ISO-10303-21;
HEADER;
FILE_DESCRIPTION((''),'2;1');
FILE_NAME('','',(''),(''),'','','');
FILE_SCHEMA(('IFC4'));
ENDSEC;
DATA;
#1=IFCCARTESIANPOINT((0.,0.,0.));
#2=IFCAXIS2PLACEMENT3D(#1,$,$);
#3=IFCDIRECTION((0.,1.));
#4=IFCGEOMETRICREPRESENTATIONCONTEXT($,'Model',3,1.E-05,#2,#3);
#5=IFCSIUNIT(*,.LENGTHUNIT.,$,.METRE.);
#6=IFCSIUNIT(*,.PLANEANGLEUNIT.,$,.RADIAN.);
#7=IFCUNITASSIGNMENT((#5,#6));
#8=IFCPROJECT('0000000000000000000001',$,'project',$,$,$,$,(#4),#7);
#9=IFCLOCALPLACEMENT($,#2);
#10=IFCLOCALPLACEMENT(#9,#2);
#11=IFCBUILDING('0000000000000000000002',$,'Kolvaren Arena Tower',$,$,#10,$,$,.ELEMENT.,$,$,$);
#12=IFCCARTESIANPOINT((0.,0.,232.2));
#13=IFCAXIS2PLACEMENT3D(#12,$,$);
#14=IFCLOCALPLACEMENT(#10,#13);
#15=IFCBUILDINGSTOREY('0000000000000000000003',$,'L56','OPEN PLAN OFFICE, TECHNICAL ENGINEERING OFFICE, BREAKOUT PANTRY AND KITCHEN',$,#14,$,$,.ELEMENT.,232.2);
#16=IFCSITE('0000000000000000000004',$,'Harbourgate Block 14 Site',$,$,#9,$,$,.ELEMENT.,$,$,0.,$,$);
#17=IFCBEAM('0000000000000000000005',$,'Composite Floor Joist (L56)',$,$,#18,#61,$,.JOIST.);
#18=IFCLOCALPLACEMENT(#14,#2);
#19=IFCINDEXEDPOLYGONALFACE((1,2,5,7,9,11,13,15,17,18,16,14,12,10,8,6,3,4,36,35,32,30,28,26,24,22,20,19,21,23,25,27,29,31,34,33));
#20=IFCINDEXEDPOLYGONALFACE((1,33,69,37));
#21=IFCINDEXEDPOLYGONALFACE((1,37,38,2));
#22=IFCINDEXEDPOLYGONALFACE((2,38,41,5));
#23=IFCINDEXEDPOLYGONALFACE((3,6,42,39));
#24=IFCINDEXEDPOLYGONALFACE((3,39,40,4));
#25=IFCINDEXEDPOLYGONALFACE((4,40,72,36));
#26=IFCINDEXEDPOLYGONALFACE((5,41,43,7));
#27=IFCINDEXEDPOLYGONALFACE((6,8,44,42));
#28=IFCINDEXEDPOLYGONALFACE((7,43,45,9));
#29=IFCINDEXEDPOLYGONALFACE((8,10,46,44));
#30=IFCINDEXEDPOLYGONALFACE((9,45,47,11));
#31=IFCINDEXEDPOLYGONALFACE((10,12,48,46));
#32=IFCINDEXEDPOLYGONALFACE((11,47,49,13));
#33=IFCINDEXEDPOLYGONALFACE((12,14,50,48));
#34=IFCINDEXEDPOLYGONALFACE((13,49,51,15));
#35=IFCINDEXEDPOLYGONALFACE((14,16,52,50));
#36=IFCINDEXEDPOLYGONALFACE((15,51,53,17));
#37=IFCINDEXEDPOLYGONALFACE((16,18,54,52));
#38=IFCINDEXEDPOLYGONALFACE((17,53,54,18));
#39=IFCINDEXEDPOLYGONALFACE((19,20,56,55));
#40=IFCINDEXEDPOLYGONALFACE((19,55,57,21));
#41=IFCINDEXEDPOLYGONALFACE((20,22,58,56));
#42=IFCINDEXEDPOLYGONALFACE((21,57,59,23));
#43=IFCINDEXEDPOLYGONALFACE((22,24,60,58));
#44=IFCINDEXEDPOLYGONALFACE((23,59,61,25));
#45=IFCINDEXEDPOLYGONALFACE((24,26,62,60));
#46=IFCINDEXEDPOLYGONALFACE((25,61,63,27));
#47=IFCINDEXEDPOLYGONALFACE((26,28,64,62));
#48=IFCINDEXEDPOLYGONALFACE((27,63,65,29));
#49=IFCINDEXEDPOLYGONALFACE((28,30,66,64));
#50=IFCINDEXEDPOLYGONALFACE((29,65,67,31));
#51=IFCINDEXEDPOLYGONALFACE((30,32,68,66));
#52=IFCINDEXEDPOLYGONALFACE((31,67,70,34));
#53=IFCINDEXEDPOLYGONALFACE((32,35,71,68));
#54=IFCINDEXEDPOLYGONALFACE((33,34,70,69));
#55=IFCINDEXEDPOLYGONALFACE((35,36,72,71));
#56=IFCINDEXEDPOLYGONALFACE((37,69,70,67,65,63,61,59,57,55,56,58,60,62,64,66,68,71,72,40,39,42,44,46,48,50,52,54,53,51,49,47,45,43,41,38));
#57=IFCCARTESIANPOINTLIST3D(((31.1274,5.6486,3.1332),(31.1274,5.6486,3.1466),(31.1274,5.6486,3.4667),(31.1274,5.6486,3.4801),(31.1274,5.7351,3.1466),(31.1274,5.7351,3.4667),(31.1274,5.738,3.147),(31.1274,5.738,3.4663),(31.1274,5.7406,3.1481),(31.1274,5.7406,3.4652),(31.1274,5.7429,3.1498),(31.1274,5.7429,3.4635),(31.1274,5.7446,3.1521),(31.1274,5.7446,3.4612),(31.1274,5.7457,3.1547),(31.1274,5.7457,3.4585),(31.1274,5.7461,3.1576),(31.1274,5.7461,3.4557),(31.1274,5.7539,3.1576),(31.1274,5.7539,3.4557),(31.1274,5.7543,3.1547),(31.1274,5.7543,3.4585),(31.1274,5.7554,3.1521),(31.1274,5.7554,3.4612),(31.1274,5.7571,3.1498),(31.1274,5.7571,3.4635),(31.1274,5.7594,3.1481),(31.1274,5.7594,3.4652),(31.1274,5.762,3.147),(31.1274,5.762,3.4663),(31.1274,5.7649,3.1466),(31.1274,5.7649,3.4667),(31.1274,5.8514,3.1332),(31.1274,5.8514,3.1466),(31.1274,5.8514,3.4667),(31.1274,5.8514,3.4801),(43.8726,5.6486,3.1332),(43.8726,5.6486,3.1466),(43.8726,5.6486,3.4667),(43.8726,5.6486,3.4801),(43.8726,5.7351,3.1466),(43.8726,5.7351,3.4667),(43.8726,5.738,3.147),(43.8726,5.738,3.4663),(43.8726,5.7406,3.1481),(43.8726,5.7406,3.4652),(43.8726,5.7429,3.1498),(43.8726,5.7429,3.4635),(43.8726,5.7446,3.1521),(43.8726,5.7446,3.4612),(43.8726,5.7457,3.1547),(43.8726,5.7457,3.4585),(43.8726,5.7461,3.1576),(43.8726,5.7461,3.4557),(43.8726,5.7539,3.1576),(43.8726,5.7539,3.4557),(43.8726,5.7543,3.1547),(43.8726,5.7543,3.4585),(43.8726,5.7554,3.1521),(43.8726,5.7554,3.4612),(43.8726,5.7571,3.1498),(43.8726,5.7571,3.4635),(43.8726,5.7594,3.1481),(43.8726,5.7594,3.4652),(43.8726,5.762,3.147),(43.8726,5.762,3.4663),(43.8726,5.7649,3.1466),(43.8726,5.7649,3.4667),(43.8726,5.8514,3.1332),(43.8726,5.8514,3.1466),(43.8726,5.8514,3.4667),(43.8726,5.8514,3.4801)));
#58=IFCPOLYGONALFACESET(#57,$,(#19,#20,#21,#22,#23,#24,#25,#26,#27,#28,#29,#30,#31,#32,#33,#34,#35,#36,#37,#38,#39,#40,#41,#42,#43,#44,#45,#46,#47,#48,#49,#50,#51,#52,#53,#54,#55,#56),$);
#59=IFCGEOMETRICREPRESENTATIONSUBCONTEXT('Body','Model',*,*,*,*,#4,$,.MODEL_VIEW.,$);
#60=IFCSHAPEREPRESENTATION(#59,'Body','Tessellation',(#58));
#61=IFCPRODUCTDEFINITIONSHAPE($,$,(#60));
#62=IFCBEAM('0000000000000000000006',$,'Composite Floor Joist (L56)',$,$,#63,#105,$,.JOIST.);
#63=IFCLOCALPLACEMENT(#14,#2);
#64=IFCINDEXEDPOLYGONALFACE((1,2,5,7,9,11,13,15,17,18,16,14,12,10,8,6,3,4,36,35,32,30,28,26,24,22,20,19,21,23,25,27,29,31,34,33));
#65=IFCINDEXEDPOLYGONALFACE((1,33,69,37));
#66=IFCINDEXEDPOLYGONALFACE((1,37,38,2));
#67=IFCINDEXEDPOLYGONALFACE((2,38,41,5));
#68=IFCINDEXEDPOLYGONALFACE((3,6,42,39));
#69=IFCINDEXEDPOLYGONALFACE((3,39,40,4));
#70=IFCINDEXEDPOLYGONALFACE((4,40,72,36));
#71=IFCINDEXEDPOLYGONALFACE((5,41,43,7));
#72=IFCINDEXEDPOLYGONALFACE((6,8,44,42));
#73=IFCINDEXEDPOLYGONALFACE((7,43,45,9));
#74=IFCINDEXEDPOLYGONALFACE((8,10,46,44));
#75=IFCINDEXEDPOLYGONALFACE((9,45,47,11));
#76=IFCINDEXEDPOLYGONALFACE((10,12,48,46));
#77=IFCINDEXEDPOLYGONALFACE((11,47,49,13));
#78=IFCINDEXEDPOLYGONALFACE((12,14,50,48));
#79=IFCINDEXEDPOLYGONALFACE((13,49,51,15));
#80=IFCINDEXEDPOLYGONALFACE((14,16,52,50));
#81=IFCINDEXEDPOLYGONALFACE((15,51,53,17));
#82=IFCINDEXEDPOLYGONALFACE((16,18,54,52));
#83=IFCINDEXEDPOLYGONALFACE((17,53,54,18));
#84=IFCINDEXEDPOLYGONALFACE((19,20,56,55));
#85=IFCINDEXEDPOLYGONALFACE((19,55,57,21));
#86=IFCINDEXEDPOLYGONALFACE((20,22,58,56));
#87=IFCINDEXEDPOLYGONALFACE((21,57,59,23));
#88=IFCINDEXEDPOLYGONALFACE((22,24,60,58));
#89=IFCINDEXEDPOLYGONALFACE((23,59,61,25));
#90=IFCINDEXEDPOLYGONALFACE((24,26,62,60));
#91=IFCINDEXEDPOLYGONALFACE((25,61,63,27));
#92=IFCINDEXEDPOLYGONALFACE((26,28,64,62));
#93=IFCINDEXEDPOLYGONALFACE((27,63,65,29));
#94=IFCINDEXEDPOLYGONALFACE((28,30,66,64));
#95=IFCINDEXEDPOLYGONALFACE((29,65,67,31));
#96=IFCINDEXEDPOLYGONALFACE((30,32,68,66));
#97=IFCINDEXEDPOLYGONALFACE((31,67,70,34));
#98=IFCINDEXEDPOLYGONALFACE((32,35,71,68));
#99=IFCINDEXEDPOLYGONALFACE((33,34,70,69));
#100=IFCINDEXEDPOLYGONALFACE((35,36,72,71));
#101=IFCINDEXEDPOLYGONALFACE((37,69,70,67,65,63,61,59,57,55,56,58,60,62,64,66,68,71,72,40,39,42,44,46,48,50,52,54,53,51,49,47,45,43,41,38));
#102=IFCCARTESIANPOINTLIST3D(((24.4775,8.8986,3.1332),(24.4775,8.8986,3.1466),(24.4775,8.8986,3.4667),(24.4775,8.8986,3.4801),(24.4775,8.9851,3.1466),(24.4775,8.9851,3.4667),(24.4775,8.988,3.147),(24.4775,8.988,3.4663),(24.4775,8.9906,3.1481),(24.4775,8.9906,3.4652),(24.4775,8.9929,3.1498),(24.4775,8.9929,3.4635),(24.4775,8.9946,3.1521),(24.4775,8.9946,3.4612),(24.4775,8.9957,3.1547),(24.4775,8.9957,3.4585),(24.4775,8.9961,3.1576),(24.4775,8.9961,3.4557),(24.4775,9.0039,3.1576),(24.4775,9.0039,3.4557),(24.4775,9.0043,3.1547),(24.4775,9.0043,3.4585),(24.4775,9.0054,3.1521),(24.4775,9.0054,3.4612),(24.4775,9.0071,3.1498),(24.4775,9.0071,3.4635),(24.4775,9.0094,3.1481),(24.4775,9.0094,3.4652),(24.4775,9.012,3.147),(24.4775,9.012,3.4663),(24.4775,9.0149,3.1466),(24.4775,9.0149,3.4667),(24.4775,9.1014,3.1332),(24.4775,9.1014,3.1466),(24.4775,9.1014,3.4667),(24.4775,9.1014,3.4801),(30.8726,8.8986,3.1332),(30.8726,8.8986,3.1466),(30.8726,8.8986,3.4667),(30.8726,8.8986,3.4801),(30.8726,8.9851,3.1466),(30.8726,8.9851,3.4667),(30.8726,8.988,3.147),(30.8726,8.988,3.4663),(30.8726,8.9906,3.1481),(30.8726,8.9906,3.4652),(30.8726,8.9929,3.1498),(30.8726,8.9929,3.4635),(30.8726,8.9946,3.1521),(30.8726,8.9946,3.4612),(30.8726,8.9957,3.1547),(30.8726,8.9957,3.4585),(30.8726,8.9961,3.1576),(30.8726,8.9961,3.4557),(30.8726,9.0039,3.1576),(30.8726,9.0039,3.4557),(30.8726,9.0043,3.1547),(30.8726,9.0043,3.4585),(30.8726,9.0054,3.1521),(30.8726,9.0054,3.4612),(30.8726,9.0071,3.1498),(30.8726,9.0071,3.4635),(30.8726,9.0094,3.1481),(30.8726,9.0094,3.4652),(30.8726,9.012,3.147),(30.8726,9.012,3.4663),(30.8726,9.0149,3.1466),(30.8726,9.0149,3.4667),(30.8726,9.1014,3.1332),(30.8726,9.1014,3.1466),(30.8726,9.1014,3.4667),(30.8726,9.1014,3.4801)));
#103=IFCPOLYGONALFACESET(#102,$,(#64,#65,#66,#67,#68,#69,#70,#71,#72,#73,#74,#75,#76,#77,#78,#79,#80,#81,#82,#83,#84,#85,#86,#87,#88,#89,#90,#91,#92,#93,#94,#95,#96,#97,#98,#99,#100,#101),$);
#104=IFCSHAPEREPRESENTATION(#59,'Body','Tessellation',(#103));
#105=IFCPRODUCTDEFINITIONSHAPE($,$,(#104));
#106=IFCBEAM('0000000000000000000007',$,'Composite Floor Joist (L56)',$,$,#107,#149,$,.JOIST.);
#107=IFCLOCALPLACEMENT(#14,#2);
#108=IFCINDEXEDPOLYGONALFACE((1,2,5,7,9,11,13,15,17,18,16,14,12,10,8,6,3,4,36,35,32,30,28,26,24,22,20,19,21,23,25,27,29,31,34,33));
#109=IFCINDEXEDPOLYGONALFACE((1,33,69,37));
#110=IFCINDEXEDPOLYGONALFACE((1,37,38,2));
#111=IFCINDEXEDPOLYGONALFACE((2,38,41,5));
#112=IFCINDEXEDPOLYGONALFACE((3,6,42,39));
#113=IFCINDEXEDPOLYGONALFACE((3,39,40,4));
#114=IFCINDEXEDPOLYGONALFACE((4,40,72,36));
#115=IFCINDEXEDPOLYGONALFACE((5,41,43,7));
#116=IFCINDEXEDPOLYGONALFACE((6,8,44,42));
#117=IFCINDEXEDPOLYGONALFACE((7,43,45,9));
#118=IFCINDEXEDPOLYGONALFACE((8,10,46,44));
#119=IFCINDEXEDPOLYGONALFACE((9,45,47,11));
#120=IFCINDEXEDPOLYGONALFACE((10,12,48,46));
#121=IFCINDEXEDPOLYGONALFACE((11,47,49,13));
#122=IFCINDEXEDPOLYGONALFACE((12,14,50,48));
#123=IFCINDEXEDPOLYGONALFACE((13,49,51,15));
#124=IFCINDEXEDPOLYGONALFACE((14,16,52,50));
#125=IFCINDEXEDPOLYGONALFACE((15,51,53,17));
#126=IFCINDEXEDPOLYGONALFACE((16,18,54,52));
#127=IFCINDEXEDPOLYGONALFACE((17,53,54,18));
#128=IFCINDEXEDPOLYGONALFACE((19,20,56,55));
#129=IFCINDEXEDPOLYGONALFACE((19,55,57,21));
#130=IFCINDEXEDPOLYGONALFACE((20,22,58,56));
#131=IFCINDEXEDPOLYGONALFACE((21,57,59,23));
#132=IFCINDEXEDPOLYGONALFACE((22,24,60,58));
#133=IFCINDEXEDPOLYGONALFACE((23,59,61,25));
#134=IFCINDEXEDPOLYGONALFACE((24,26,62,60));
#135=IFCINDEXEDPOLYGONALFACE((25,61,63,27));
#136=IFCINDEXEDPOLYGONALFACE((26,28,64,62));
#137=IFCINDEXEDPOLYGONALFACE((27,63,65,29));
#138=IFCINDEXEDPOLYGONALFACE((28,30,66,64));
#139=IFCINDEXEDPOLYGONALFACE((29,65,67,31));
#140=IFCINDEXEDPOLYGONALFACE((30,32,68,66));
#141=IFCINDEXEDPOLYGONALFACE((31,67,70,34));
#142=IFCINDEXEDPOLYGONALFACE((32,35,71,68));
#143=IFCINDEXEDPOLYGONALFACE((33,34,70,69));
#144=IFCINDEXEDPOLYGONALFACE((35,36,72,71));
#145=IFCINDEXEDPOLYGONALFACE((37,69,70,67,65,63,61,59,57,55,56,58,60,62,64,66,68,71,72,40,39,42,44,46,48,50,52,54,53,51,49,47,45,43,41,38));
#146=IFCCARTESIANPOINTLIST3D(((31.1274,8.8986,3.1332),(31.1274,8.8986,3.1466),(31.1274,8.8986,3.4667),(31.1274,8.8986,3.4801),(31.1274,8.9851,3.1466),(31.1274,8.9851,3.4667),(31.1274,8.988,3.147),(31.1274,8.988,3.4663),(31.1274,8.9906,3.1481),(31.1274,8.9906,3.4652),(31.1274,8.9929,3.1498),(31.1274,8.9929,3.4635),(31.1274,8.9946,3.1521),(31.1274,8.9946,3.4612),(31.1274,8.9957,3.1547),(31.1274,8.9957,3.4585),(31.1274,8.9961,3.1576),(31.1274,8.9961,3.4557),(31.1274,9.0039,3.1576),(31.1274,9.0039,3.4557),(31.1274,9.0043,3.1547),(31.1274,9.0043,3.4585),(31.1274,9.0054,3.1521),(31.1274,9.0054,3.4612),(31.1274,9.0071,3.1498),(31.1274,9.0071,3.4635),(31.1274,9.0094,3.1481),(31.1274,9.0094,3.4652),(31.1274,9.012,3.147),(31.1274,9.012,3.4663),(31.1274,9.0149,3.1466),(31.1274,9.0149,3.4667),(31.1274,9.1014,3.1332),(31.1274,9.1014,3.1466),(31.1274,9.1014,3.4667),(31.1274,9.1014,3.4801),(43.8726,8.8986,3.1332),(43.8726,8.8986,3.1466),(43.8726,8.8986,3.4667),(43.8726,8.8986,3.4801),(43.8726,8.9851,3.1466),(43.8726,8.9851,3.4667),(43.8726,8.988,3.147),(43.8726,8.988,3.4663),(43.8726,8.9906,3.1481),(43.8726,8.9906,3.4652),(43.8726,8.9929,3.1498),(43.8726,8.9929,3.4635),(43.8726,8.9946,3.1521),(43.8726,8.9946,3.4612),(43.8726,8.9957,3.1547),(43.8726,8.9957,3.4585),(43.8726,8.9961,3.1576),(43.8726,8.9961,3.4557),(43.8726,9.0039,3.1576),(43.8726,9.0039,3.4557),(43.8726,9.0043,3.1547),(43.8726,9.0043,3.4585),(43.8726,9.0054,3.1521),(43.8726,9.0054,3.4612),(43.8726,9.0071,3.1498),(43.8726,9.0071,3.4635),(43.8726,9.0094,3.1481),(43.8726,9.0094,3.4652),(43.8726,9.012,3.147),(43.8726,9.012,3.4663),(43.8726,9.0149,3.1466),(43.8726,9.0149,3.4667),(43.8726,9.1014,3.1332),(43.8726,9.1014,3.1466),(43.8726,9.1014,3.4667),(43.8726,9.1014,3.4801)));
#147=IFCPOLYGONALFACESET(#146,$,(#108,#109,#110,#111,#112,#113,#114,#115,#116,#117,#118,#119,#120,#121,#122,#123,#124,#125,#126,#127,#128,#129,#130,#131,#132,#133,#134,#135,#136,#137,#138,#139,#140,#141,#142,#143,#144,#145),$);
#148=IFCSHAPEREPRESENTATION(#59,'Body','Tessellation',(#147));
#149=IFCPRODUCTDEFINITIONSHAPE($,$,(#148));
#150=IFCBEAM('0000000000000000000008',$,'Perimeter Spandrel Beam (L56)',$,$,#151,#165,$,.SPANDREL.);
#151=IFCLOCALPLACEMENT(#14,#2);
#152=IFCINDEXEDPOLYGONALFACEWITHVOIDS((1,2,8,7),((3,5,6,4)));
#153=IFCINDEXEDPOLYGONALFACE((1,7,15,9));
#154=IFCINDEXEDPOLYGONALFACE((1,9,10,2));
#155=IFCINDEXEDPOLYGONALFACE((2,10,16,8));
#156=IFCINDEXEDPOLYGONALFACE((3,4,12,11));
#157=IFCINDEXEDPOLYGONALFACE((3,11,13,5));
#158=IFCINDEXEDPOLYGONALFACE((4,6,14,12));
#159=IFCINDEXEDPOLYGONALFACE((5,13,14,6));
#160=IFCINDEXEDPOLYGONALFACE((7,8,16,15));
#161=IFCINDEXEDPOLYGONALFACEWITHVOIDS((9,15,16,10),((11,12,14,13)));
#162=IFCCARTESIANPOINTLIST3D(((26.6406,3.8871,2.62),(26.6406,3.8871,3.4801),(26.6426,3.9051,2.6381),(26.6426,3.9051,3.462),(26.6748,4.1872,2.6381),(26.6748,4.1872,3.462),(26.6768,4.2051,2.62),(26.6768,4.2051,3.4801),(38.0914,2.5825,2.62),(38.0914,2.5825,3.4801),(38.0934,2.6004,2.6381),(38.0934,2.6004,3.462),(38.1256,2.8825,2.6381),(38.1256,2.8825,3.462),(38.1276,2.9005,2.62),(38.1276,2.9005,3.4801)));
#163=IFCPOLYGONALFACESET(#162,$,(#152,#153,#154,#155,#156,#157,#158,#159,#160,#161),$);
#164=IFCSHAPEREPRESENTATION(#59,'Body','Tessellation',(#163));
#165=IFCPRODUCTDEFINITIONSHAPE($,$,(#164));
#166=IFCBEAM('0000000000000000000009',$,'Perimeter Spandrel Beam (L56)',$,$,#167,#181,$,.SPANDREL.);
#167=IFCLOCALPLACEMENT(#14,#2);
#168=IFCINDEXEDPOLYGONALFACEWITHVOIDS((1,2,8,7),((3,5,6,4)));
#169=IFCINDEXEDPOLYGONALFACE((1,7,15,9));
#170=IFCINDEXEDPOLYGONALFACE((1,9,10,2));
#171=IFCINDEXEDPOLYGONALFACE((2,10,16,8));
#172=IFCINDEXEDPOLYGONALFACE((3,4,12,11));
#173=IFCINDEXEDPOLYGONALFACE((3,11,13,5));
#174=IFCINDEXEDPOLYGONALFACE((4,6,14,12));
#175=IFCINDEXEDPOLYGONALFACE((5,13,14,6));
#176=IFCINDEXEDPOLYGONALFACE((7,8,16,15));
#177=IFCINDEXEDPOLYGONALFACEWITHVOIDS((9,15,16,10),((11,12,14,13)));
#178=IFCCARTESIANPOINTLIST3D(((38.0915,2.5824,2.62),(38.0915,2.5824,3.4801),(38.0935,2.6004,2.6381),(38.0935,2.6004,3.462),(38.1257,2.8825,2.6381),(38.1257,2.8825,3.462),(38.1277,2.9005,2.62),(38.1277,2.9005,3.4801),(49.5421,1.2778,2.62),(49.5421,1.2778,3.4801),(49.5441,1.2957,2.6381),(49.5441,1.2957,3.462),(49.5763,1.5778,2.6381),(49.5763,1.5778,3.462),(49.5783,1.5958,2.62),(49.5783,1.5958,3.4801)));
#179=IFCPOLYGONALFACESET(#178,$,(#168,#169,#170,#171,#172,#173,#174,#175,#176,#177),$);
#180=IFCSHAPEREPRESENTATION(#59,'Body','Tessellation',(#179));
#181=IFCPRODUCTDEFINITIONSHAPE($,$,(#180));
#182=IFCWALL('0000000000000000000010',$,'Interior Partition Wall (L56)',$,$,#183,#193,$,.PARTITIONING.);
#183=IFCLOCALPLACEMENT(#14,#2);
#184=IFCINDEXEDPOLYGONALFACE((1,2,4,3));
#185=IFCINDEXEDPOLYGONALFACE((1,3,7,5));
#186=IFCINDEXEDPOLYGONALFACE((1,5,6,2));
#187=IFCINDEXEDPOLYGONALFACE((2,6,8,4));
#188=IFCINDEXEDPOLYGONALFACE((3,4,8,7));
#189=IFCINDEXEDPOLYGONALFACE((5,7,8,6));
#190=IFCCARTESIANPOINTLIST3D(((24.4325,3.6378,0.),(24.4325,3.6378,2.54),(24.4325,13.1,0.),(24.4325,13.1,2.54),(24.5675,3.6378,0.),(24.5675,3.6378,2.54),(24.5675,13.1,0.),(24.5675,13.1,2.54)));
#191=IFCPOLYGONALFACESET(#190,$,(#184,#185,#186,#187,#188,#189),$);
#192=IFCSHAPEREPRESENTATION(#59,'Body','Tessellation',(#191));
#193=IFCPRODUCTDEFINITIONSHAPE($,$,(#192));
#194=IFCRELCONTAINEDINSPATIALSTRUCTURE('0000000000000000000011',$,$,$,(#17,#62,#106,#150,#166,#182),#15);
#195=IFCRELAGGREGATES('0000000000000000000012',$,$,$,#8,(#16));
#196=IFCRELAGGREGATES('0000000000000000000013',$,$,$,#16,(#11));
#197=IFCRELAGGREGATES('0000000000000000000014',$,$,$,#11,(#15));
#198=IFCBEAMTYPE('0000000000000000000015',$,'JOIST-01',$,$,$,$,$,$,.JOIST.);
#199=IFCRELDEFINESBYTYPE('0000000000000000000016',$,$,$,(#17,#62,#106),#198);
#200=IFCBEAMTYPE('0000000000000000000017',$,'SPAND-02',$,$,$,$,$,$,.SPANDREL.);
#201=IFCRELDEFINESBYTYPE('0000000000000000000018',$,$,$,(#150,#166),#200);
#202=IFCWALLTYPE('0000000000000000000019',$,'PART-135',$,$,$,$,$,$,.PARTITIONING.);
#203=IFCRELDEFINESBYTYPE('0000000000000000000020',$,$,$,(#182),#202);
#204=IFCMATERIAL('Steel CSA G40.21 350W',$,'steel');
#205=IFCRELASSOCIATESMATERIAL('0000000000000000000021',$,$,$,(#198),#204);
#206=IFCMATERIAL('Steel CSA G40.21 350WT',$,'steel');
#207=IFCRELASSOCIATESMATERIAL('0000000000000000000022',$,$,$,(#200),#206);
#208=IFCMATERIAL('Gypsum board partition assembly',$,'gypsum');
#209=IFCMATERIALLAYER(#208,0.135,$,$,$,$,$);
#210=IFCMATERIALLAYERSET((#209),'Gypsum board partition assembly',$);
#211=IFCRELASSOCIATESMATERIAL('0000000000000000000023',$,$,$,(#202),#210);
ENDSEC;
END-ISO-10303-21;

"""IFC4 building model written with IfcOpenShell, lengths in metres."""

from ifc_helpers import new_model, si_unit, direction, frame, frame_2d, origin, origin_2d, place, context, subcontext, project, spatial, rectangle, hollow_rectangle, i_section, extrude, material, layer, layer_set, material_profile, profile_set, type_object, element, save


model = new_model("IFC4")

# Units and contexts
model_context = context("Model", 3, precision=1e-05, world=origin(), true_north=direction((0.0, 1.0)))
body_context = subcontext(model_context, "Body", "Model", "MODEL_VIEW")
ifc_project = project(units=[si_unit("LENGTHUNIT", "METRE"), si_unit("PLANEANGLEUNIT", "RADIAN")], contexts=[model_context])

# Site, building, storey
site_placement = place(None, origin())
site = spatial("IfcSite", under=ifc_project, at=site_placement, Name="Harbourgate Block 14 Site", CompositionType="ELEMENT", RefElevation=0.0)
building_placement = place(site_placement, origin())
building = spatial("IfcBuilding", under=site, at=building_placement, Name="Kolvaren Arena Tower", CompositionType="ELEMENT")
storey_placement = place(building_placement, frame((0.0, 0.0, 232.2)))
storey = spatial("IfcBuildingStorey", under=building, at=storey_placement, Name="L56", Description="OPEN PLAN OFFICE, TECHNICAL ENGINEERING OFFICE, BREAKOUT PANTRY AND KITCHEN", CompositionType="ELEMENT", Elevation=232.2)

# Beams
ifc_material_1 = material(Name="Steel CSA G40.21 350W", Category="steel")
ifc_material_profile_1 = material_profile(ifc_material_1, i_section(OverallWidth=0.2029, OverallDepth=0.3469, WebThickness=0.0078, FlangeThickness=0.0134, FilletRadius=0.011, at=origin_2d()), Name="W360x64")
ifc_profile_set_1 = profile_set([ifc_material_profile_1], Name="Steel CSA G40.21 350W")
beam_type_1 = type_object("IfcBeamType", Name="JOIST-01", PredefinedType="JOIST", material=ifc_profile_set_1)
beam_1_placement = place(storey_placement, frame((31.1274, 5.75, 3.3066), z_axis=(1.0, 0.0, 0.0), x_axis=(0.0, 1.0, 0.0)))
element("IfcBeam", 1, at=beam_1_placement, inside=storey, type_object=beam_type_1, Name="Composite Floor Joist (L56)", PredefinedType="JOIST", context=body_context, shape_type="SweptSolid", body=[
    extrude(i_section(OverallWidth=0.2029, OverallDepth=0.3469, WebThickness=0.0078, FlangeThickness=0.0134, FilletRadius=0.011, at=origin_2d()), origin(), (0.0, 0.0, 1.0), 12.7451),
])
beam_2_placement = place(storey_placement, frame((24.4775, 9.0, 3.3066), z_axis=(1.0, 0.0, 0.0), x_axis=(0.0, 1.0, 0.0)))
element("IfcBeam", 2, at=beam_2_placement, inside=storey, type_object=beam_type_1, Name="Composite Floor Joist (L56)", PredefinedType="JOIST", context=body_context, shape_type="SweptSolid", body=[
    extrude(i_section(OverallWidth=0.2029, OverallDepth=0.3469, WebThickness=0.0078, FlangeThickness=0.0134, FilletRadius=0.011, at=origin_2d()), origin(), (0.0, 0.0, 1.0), 6.395),
])
beam_3_placement = place(storey_placement, frame((31.1274, 9.0, 3.3066), z_axis=(1.0, 0.0, 0.0), x_axis=(0.0, 1.0, 0.0)))
element("IfcBeam", 3, at=beam_3_placement, inside=storey, type_object=beam_type_1, Name="Composite Floor Joist (L56)", PredefinedType="JOIST", context=body_context, shape_type="SweptSolid", body=[
    extrude(i_section(OverallWidth=0.2029, OverallDepth=0.3469, WebThickness=0.0078, FlangeThickness=0.0134, FilletRadius=0.011, at=origin_2d()), origin(), (0.0, 0.0, 1.0), 12.7451),
])
ifc_material_2 = material(Name="Steel CSA G40.21 350WT", Category="steel")
ifc_material_profile_2 = material_profile(ifc_material_2, hollow_rectangle(XDim=0.3201, YDim=0.8601, WallThickness=0.0181, at=origin_2d()), Name="HSS 860x320x18")
ifc_profile_set_2 = profile_set([ifc_material_profile_2], Name="Steel CSA G40.21 350WT")
beam_type_2 = type_object("IfcBeamType", Name="SPAND-02", PredefinedType="SPANDREL", material=ifc_profile_set_2)
beam_4_placement = place(storey_placement, frame((26.6587, 4.0461, 3.05), z_axis=(0.993572, -0.113205, 0.0), x_axis=(0.113205, 0.993572, 0.0)))
element("IfcBeam", 4, at=beam_4_placement, inside=storey, type_object=beam_type_2, Name="Perimeter Spandrel Beam (L56)", PredefinedType="SPANDREL", context=body_context, shape_type="SweptSolid", body=[
    extrude(hollow_rectangle(XDim=0.3201, YDim=0.8601, WallThickness=0.0181, at=origin_2d()), origin(), (0.0, 0.0, 1.0), 11.5249),
])
beam_5_placement = place(storey_placement, frame((38.1096, 2.7415, 3.05), z_axis=(0.993571, -0.113207, 0.0), x_axis=(0.113207, 0.993571, 0.0)))
element("IfcBeam", 5, at=beam_5_placement, inside=storey, type_object=beam_type_2, Name="Perimeter Spandrel Beam (L56)", PredefinedType="SPANDREL", context=body_context, shape_type="SweptSolid", body=[
    extrude(hollow_rectangle(XDim=0.3201, YDim=0.8601, WallThickness=0.0181, at=origin_2d()), origin(), (0.0, 0.0, 1.0), 11.5247),
])

# Wall
ifc_material_3 = material(Name="Gypsum board partition assembly", Category="gypsum")
ifc_layer = layer(ifc_material_3, 0.135)
ifc_layer_set = layer_set([ifc_layer], Name="Gypsum board partition assembly")
wall_type = type_object("IfcWallType", Name="PART-135", PredefinedType="PARTITIONING", material=ifc_layer_set)
wall_1_placement = place(storey_placement, frame((24.5, 3.6379, 0.0), z_axis=(0.0, 0.0, 1.0), x_axis=(0.0, 1.0, 0.0)))
element("IfcWall", 6, at=wall_1_placement, inside=storey, type_object=wall_type, Name="Interior Partition Wall (L56)", PredefinedType="PARTITIONING", context=body_context, shape_type="SweptSolid", body=[
    extrude(rectangle(XDim=9.4622, YDim=0.135, at=frame_2d((4.731, 0.0))), origin(), (0.0, 0.0, 1.0), 2.54),
])

save(model, "model.ifc")
